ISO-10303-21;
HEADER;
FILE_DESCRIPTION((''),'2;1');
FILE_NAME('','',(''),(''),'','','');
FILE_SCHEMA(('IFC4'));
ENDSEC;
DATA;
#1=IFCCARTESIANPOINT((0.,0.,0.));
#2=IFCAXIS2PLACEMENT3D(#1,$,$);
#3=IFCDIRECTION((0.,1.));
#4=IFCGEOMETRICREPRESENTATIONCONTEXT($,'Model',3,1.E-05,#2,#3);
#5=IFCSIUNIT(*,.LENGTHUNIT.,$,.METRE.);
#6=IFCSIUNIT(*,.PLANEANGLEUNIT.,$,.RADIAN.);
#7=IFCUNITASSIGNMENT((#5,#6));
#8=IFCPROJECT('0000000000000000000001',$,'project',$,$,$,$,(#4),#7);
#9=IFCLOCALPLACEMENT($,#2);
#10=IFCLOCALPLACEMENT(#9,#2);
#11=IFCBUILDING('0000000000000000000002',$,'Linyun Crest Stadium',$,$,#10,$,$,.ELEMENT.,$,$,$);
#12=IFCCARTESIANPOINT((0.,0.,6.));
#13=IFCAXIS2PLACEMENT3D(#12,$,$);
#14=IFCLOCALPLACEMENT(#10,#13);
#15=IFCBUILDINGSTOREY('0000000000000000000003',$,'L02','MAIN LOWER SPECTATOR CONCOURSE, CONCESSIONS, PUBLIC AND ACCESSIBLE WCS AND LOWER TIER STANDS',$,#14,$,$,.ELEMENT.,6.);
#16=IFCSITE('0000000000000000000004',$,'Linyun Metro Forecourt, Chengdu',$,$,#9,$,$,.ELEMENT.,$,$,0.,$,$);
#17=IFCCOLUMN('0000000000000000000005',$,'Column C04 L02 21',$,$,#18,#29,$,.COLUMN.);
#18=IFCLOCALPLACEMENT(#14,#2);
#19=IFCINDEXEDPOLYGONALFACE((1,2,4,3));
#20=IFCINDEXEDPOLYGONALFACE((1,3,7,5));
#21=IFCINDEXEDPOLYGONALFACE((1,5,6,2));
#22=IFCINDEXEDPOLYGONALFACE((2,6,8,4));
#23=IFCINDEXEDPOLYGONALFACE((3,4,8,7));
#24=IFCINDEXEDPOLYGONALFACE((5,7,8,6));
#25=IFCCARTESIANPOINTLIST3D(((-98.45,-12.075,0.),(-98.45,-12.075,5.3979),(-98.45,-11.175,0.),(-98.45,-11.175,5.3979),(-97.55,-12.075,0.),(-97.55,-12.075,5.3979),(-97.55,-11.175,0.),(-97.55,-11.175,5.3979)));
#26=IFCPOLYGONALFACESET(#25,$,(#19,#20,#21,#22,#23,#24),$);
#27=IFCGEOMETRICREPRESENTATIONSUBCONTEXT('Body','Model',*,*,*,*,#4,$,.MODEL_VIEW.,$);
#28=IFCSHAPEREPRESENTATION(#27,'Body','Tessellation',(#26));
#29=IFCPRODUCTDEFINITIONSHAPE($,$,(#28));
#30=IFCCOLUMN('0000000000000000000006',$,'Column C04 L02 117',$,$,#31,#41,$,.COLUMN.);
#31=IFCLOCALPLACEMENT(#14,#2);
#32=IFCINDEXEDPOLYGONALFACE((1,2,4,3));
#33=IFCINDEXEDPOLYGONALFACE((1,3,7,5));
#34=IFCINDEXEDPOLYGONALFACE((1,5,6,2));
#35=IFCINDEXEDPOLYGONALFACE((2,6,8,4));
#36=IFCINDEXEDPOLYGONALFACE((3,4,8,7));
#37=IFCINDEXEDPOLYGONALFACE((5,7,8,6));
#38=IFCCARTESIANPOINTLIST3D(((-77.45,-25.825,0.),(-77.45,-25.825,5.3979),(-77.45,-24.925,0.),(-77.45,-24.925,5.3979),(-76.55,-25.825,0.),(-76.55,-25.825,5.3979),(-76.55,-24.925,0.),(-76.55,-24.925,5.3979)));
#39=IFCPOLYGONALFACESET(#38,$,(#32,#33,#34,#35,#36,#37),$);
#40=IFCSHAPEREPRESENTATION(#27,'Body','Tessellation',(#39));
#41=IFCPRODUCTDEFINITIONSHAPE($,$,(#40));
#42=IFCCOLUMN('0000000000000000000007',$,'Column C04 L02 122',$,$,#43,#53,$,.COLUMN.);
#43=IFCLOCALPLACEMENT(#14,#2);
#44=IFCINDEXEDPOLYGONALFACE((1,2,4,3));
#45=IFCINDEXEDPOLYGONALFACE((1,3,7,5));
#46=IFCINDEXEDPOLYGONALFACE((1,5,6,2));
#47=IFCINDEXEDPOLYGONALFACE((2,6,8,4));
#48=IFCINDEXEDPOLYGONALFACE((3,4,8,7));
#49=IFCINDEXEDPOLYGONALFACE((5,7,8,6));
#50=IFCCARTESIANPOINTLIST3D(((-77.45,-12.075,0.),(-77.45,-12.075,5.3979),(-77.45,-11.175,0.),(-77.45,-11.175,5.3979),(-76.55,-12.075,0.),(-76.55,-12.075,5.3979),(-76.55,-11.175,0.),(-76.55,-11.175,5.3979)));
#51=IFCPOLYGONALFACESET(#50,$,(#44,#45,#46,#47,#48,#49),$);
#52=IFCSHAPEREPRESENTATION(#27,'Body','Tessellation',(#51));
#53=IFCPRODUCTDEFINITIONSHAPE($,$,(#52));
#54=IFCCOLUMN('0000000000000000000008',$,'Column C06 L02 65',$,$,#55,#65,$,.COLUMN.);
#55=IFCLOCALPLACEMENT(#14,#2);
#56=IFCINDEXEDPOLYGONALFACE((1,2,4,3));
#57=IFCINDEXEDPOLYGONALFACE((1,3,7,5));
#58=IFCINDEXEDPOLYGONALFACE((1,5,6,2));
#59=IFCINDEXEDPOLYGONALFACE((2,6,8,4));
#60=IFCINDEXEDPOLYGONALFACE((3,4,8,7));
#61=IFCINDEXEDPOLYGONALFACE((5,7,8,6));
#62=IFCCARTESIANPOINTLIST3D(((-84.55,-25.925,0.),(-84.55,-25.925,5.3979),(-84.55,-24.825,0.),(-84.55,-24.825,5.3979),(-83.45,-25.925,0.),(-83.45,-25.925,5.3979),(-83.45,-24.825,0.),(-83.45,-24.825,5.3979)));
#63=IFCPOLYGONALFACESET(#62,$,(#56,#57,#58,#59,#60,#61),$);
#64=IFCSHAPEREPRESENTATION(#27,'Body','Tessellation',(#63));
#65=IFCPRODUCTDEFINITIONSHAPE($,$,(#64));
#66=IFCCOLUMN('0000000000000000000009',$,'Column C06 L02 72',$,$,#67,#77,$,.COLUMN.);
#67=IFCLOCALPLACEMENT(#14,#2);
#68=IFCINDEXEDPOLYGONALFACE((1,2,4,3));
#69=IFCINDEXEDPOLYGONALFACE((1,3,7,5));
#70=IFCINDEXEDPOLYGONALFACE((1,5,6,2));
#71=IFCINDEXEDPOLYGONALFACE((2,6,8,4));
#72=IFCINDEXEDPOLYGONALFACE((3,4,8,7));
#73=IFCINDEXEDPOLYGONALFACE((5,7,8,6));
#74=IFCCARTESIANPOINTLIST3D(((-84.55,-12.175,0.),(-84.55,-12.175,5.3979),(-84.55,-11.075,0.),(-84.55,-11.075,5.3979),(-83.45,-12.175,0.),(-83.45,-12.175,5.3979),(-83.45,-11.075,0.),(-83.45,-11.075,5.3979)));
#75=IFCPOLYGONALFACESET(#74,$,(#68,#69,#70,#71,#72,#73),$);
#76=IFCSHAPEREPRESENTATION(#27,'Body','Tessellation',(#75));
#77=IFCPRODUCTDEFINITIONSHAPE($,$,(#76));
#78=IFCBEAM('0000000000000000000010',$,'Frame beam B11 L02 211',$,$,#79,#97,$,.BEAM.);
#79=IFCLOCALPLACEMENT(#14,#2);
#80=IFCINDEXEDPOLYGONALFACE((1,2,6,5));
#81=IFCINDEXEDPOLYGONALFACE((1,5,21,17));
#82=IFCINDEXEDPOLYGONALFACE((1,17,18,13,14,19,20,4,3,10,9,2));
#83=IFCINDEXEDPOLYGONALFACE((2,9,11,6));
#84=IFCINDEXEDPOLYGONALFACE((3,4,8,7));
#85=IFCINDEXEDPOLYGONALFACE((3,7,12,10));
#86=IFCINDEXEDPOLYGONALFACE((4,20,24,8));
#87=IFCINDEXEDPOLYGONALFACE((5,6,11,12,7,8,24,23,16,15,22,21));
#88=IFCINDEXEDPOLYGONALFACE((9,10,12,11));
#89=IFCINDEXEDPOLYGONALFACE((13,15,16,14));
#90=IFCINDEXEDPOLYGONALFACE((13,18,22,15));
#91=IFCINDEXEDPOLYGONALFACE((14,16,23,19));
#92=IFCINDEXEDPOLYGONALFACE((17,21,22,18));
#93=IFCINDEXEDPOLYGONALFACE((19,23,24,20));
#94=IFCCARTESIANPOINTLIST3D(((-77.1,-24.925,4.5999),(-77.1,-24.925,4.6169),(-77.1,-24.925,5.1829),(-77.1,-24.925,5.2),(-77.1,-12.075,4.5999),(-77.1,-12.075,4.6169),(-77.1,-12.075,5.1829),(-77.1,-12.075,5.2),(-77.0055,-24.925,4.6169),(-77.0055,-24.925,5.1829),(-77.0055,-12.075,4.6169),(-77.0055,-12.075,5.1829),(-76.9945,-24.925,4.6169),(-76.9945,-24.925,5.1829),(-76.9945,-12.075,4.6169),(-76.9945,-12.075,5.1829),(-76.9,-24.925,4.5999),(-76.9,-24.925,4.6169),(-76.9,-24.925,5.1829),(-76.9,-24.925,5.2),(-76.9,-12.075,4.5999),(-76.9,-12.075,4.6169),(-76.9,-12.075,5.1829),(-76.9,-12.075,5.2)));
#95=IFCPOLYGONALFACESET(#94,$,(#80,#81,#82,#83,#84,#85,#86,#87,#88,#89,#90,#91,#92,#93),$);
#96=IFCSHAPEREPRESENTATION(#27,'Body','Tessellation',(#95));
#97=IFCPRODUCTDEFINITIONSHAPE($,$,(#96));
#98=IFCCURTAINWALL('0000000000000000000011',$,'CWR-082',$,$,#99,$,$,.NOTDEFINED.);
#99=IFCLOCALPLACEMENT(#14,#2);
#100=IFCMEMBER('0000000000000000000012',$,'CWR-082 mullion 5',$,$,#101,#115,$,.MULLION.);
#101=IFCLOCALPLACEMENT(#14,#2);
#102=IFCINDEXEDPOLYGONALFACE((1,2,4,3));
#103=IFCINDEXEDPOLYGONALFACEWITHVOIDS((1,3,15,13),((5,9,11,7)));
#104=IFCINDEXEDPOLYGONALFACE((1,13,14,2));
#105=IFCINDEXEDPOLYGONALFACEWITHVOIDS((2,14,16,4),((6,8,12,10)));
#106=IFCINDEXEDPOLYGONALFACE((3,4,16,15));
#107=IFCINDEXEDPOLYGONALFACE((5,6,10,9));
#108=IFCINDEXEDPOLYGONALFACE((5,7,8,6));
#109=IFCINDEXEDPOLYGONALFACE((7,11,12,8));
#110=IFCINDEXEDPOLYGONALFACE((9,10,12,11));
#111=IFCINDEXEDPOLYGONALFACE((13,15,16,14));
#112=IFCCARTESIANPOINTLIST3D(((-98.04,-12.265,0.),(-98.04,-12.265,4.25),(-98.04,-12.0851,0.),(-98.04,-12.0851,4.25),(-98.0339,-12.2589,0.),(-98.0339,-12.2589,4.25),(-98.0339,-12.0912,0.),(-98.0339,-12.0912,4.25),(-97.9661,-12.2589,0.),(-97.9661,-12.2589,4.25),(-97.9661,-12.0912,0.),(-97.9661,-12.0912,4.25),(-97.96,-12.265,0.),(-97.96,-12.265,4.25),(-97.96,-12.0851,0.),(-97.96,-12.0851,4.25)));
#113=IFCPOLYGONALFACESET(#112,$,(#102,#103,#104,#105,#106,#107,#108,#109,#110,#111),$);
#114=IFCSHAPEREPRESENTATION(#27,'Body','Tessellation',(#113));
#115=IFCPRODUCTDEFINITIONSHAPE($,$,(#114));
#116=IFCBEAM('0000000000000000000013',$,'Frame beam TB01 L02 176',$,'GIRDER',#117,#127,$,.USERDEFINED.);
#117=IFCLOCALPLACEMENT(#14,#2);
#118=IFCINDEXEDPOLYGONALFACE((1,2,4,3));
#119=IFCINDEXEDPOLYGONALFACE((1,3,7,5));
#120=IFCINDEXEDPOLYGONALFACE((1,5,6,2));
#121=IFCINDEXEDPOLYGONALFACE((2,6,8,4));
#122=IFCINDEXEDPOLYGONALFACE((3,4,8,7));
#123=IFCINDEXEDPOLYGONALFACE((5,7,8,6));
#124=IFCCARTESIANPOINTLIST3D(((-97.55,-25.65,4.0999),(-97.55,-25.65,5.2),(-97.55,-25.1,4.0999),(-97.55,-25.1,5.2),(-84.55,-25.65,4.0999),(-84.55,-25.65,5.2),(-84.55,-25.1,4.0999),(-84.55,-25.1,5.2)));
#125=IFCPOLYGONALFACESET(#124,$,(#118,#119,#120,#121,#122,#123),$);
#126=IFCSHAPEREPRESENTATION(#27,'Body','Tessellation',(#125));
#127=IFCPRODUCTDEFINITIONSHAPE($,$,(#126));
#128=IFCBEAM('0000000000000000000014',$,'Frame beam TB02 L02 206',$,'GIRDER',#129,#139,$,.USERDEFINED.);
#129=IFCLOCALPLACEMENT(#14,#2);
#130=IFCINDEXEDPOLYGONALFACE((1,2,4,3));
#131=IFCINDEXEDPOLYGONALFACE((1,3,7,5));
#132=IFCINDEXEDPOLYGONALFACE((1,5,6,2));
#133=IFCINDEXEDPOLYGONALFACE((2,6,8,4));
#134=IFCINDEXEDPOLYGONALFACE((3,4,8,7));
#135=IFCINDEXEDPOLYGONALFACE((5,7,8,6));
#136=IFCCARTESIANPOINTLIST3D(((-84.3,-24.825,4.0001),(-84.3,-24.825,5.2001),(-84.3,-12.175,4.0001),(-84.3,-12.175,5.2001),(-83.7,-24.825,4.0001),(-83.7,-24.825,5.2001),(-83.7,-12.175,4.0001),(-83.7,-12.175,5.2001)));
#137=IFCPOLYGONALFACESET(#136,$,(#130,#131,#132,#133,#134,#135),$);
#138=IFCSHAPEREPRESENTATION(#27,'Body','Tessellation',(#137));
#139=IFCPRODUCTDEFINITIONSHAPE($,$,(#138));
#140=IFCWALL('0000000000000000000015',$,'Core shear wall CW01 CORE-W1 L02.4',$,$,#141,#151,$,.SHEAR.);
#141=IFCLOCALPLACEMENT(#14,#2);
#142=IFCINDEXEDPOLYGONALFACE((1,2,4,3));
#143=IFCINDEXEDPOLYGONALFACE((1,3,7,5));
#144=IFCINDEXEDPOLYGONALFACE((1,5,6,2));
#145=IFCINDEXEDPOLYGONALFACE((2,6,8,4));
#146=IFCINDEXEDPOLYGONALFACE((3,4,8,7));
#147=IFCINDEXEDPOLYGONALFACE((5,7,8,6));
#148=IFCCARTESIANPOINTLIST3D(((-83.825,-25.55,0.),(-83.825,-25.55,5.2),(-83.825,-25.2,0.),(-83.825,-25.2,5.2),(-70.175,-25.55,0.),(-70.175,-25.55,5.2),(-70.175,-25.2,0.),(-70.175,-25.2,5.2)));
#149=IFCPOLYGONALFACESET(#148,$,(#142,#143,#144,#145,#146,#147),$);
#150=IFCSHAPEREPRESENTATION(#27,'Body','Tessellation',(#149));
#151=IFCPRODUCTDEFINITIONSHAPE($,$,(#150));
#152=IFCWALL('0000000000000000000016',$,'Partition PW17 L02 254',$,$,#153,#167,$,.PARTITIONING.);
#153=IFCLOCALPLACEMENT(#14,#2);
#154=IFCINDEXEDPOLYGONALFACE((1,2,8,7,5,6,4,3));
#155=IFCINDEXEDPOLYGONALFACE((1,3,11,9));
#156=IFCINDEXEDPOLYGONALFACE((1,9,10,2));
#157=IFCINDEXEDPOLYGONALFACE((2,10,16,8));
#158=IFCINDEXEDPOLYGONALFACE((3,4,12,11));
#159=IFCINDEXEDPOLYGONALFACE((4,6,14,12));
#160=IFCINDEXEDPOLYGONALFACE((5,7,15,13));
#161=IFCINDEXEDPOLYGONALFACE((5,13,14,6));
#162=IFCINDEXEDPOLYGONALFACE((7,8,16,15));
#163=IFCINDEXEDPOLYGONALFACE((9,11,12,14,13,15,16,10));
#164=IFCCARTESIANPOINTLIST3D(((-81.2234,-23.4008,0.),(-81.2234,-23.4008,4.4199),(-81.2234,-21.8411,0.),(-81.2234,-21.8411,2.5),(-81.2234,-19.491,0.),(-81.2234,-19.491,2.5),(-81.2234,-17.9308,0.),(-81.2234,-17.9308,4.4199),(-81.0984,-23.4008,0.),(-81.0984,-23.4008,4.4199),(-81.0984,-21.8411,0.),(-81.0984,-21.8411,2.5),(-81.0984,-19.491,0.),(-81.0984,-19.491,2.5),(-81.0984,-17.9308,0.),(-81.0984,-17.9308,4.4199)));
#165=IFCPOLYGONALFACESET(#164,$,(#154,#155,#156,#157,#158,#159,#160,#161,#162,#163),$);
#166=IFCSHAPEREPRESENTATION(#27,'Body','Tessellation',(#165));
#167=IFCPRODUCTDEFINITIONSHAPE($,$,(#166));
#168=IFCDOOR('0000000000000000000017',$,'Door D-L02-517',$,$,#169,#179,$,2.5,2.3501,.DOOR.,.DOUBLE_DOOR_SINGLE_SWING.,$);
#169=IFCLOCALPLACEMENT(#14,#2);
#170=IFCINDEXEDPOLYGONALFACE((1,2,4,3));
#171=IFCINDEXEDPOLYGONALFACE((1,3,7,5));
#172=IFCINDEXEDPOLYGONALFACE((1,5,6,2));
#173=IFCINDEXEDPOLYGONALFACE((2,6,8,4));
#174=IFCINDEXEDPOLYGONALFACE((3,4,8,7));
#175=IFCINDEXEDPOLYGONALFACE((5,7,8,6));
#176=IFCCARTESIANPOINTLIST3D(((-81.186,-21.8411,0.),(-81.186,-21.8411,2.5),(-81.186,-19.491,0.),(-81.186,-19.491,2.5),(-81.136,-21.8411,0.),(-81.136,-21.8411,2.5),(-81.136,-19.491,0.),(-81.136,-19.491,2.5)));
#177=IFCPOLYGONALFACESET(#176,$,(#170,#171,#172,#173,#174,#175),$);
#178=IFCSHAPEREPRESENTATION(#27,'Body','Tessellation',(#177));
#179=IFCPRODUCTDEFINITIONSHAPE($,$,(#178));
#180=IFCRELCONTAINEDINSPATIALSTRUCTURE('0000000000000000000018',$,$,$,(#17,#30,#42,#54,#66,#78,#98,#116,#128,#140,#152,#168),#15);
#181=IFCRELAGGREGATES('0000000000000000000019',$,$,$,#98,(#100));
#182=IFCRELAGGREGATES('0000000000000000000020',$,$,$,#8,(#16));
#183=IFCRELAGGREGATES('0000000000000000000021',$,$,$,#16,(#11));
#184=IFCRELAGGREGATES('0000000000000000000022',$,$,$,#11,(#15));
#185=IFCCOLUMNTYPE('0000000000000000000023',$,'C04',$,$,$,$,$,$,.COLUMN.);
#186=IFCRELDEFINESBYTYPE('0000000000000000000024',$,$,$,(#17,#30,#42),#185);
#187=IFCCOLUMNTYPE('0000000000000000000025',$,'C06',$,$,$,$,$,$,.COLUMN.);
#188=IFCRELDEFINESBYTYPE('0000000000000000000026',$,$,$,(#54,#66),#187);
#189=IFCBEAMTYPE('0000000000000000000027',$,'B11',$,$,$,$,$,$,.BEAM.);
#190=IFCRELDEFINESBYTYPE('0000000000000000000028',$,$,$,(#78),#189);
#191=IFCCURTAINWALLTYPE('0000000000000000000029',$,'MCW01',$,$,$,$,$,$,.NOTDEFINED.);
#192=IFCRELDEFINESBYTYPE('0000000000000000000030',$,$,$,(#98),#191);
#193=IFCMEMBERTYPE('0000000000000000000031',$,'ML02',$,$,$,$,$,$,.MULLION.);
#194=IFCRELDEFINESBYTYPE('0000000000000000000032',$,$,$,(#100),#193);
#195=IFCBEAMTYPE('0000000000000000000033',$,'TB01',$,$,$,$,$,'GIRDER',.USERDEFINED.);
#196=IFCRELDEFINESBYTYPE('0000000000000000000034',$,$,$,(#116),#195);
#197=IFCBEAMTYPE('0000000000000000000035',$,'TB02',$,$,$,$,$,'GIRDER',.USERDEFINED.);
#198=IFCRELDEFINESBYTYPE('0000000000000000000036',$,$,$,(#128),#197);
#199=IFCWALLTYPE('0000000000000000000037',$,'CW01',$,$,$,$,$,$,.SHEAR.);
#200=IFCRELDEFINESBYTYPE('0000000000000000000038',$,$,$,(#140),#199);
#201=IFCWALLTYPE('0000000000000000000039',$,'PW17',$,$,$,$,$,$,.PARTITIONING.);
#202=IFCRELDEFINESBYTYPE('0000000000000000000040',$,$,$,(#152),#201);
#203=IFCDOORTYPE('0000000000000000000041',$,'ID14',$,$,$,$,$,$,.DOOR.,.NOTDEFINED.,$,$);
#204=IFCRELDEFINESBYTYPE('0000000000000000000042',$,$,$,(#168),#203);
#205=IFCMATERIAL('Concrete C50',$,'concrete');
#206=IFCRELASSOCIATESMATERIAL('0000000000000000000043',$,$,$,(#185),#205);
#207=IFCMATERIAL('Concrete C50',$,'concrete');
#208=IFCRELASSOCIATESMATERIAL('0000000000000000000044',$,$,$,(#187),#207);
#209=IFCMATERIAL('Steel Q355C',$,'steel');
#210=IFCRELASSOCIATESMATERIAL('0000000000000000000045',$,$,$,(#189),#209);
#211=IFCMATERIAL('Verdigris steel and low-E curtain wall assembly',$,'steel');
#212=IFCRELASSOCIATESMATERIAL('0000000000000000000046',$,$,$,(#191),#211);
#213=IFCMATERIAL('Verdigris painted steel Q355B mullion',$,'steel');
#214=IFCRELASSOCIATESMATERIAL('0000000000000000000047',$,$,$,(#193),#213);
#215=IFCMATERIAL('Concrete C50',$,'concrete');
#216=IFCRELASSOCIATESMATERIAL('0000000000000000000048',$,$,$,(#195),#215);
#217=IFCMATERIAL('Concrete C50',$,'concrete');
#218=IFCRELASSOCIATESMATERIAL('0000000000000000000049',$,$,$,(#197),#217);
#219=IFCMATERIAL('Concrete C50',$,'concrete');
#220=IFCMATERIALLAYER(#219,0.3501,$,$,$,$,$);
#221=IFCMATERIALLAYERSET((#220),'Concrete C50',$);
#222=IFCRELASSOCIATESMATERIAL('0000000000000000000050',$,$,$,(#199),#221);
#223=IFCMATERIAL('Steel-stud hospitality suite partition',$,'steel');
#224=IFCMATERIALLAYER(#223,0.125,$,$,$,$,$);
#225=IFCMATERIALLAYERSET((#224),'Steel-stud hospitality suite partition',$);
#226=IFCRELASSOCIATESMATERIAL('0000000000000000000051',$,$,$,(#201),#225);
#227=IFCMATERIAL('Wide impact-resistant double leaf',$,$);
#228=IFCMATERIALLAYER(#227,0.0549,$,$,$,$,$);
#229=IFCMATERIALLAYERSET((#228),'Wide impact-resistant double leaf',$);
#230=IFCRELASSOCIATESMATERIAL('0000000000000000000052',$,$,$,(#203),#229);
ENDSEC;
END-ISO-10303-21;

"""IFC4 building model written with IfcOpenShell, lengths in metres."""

from ifc_helpers import new_model, si_unit, direction, frame, frame_2d, origin, origin_2d, place, context, subcontext, project, spatial, rectangle, hollow_rectangle, i_section, extrude, material, layer, layer_set, material_profile, profile_set, type_object, element, fill, aggregate, save


model = new_model("IFC4")

# Units and contexts
model_context = context("Model", 3, precision=1e-05, world=origin(), true_north=direction((0.0, 1.0)))
body_context = subcontext(model_context, "Body", "Model", "MODEL_VIEW")
ifc_project = project(units=[si_unit("LENGTHUNIT", "METRE"), si_unit("PLANEANGLEUNIT", "RADIAN")], contexts=[model_context])

# Site, building, storey
site_placement = place(None, origin())
site = spatial("IfcSite", under=ifc_project, at=site_placement, Name="Linyun Metro Forecourt, Chengdu", CompositionType="ELEMENT", RefElevation=0.0)
building_placement = place(site_placement, origin())
building = spatial("IfcBuilding", under=site, at=building_placement, Name="Linyun Crest Stadium", CompositionType="ELEMENT")
storey_placement = place(building_placement, frame((0.0, 0.0, 6.0)))
storey = spatial("IfcBuildingStorey", under=building, at=storey_placement, Name="L02", Description="MAIN LOWER SPECTATOR CONCOURSE, CONCESSIONS, PUBLIC AND ACCESSIBLE WCS AND LOWER TIER STANDS", CompositionType="ELEMENT", Elevation=6.0)

# Columns
ifc_material_1 = material(Name="Concrete C50", Category="concrete")
ifc_material_profile_1 = material_profile(ifc_material_1, rectangle(XDim=0.8999, YDim=0.8999, at=origin_2d()), Name="RC 900x900")
ifc_profile_set_1 = profile_set([ifc_material_profile_1], Name="Concrete C50")
column_type_1 = type_object("IfcColumnType", Name="C04", PredefinedType="COLUMN", material=ifc_profile_set_1)
for number, where, z_axis, x_axis, name in (
    (1, (-98.0, -11.625, 0.0), (0.0, 0.0, 1.0), (1.0, 0.0, 0.0), "Column C04 L02 21"),
    (2, (-77.0, -25.375, 0.0), (0.0, 0.0, 1.0), (1.0, 0.0, 0.0), "Column C04 L02 117"),
    (3, (-77.0, -11.625, 0.0), (0.0, 0.0, 1.0), (1.0, 0.0, 0.0), "Column C04 L02 122"),
):
    element("IfcColumn", number, at=place(storey_placement, frame(where, z_axis=z_axis, x_axis=x_axis)), inside=storey, type_object=column_type_1, Name=name, PredefinedType="COLUMN", context=body_context, shape_type="SweptSolid", body=[
        extrude(rectangle(XDim=0.8999, YDim=0.8999, at=origin_2d()), origin(), (0.0, 0.0, 1.0), 5.3979),
    ])
ifc_material_2 = material(Name="Concrete C50", Category="concrete")
ifc_material_profile_2 = material_profile(ifc_material_2, rectangle(XDim=1.1001, YDim=1.1001, at=origin_2d()), Name="RC 1100x1100")
ifc_profile_set_2 = profile_set([ifc_material_profile_2], Name="Concrete C50")
column_type_2 = type_object("IfcColumnType", Name="C06", PredefinedType="COLUMN", material=ifc_profile_set_2)
for number, where, z_axis, x_axis, name in (
    (4, (-84.0, -25.375, 0.0), (0.0, 0.0, 1.0), (1.0, 0.0, 0.0), "Column C06 L02 65"),
    (5, (-84.0, -11.625, 0.0), (0.0, 0.0, 1.0), (1.0, 0.0, 0.0), "Column C06 L02 72"),
):
    element("IfcColumn", number, at=place(storey_placement, frame(where, z_axis=z_axis, x_axis=x_axis)), inside=storey, type_object=column_type_2, Name=name, PredefinedType="COLUMN", context=body_context, shape_type="SweptSolid", body=[
        extrude(rectangle(XDim=1.1001, YDim=1.1001, at=origin_2d()), origin(), (0.0, 0.0, 1.0), 5.3979),
    ])

# Beam
ifc_material_3 = material(Name="Steel Q355C", Category="steel")
ifc_material_profile_3 = material_profile(ifc_material_3, i_section(OverallWidth=0.2, OverallDepth=0.6001, WebThickness=0.011, FlangeThickness=0.0171, at=origin_2d()), Name="HN 600x200")
ifc_profile_set_3 = profile_set([ifc_material_profile_3], Name="Steel Q355C")
beam_type_1 = type_object("IfcBeamType", Name="B11", PredefinedType="BEAM", material=ifc_profile_set_3)
beam_1_placement = place(storey_placement, frame((-77.0, -24.925, 4.8999), z_axis=(0.0, 1.0, 0.0), x_axis=(-1.0, 0.0, 0.0)))
element("IfcBeam", 6, at=beam_1_placement, inside=storey, type_object=beam_type_1, Name="Frame beam B11 L02 211", PredefinedType="BEAM", context=body_context, shape_type="SweptSolid", body=[
    extrude(i_section(OverallWidth=0.2, OverallDepth=0.6001, WebThickness=0.011, FlangeThickness=0.0171, at=origin_2d()), origin(), (0.0, 0.0, 1.0), 12.8501),
])

# Curtain wall, member
ifc_material_4 = material(Name="Verdigris steel and low-E curtain wall assembly", Category="steel")
curtain_wall_type = type_object("IfcCurtainWallType", Name="MCW01", PredefinedType="NOTDEFINED", material=ifc_material_4)
curtain_wall_placement = place(storey_placement, origin())
curtain_wall = element("IfcCurtainWall", 7, at=curtain_wall_placement, inside=storey, type_object=curtain_wall_type, Name="CWR-082", PredefinedType="NOTDEFINED")
ifc_material_5 = material(Name="Verdigris painted steel Q355B mullion", Category="steel")
ifc_material_profile_4 = material_profile(ifc_material_5, hollow_rectangle(XDim=0.0801, YDim=0.1799, WallThickness=0.0061, at=origin_2d()), Name="RHS 180x80x6")
ifc_profile_set_4 = profile_set([ifc_material_profile_4], Name="Verdigris painted steel Q355B mullion")
member_type = type_object("IfcMemberType", Name="ML02", PredefinedType="MULLION", material=ifc_profile_set_4)
member_placement = place(storey_placement, frame((-98.0, -12.175, 0.0), z_axis=(0.0, 0.0, 1.0), x_axis=(-1.0, 0.0, 0.0)))
member = element("IfcMember", 8, at=member_placement, type_object=member_type, Name="CWR-082 mullion 5", PredefinedType="MULLION", context=body_context, shape_type="SweptSolid", body=[
    extrude(hollow_rectangle(XDim=0.0801, YDim=0.1799, WallThickness=0.0061, at=origin_2d()), origin(), (0.0, 0.0, 1.0), 4.25),
])
aggregate(curtain_wall, [member])

# Beams
ifc_material_6 = material(Name="Concrete C50", Category="concrete")
ifc_material_profile_5 = material_profile(ifc_material_6, rectangle(XDim=0.55, YDim=1.1001, at=origin_2d()), Name="RCB 1100x550")
ifc_profile_set_5 = profile_set([ifc_material_profile_5], Name="Concrete C50")
beam_type_2 = type_object("IfcBeamType", Name="TB01", ElementType="GIRDER", PredefinedType="USERDEFINED", material=ifc_profile_set_5)
beam_2_placement = place(storey_placement, frame((-97.55, -25.375, 4.6499), z_axis=(1.0, 0.0, 0.0), x_axis=(0.0, 1.0, 0.0)))
element("IfcBeam", 9, at=beam_2_placement, inside=storey, type_object=beam_type_2, Name="Frame beam TB01 L02 176", ObjectType="GIRDER", PredefinedType="USERDEFINED", context=body_context, shape_type="SweptSolid", body=[
    extrude(rectangle(XDim=0.55, YDim=1.1001, at=origin_2d()), origin(), (0.0, 0.0, 1.0), 13.0),
])
ifc_material_7 = material(Name="Concrete C50", Category="concrete")
ifc_material_profile_6 = material_profile(ifc_material_7, rectangle(XDim=0.6001, YDim=1.2, at=origin_2d()), Name="RCB 1200x600")
ifc_profile_set_6 = profile_set([ifc_material_profile_6], Name="Concrete C50")
beam_type_3 = type_object("IfcBeamType", Name="TB02", ElementType="GIRDER", PredefinedType="USERDEFINED", material=ifc_profile_set_6)
beam_3_placement = place(storey_placement, frame((-84.0, -24.825, 4.6001), z_axis=(0.0, 1.0, 0.0), x_axis=(-1.0, 0.0, 0.0)))
element("IfcBeam", 10, at=beam_3_placement, inside=storey, type_object=beam_type_3, Name="Frame beam TB02 L02 206", ObjectType="GIRDER", PredefinedType="USERDEFINED", context=body_context, shape_type="SweptSolid", body=[
    extrude(rectangle(XDim=0.6001, YDim=1.2, at=origin_2d()), origin(), (0.0, 0.0, 1.0), 12.6499),
])

# Wall
ifc_material_8 = material(Name="Concrete C50", Category="concrete")
ifc_layer_1 = layer(ifc_material_8, 0.3501)
ifc_layer_set_1 = layer_set([ifc_layer_1], Name="Concrete C50")
wall_type_1 = type_object("IfcWallType", Name="CW01", PredefinedType="SHEAR", material=ifc_layer_set_1)
wall_1_placement = place(storey_placement, frame((-83.825, -25.375, 0.0), z_axis=(0.0, 0.0, 1.0), x_axis=(1.0, 0.0, 0.0)))
element("IfcWall", 11, at=wall_1_placement, inside=storey, type_object=wall_type_1, Name="Core shear wall CW01 CORE-W1 L02.4", PredefinedType="SHEAR", context=body_context, shape_type="SweptSolid", body=[
    extrude(rectangle(XDim=13.6499, YDim=0.3501, at=frame_2d((6.825, 0.0))), origin(), (0.0, 0.0, 1.0), 5.2),
])

# Wall, opening, door
ifc_material_9 = material(Name="Steel-stud hospitality suite partition", Category="steel")
ifc_layer_2 = layer(ifc_material_9, 0.125)
ifc_layer_set_2 = layer_set([ifc_layer_2], Name="Steel-stud hospitality suite partition")
wall_type_2 = type_object("IfcWallType", Name="PW17", PredefinedType="PARTITIONING", material=ifc_layer_set_2)
wall_2_placement = place(storey_placement, frame((-81.1609, -17.9309, 0.0), z_axis=(0.0, 0.0, 1.0), x_axis=(0.0, -1.0, 0.0)))
wall_2 = element("IfcWall", 12, at=wall_2_placement, inside=storey, type_object=wall_type_2, Name="Partition PW17 L02 254", PredefinedType="PARTITIONING", context=body_context, shape_type="SweptSolid", body=[
    extrude(rectangle(XDim=5.47, YDim=0.125, at=frame_2d((2.7349, 0.0))), origin(), (0.0, 0.0, 1.0), 4.4199),
])
opening_1_placement = place(wall_2_placement, frame((1.5601, 0.0, 0.0)))
opening_1 = element("IfcOpeningElement", 13, at=opening_1_placement, cuts=wall_2, PredefinedType="OPENING", context=body_context, shape_type="SweptSolid", body=[
    extrude(rectangle(XDim=2.3501, YDim=2.5, at=frame_2d((1.175, 1.25))), frame((0.0, 0.0725, 0.0), z_axis=(0.0, -1.0, 0.0), x_axis=(1.0, 0.0, 0.0)), (0.0, 0.0, 1.0), 0.145),
])
ifc_material_10 = material(Name="Wide impact-resistant double leaf")
ifc_layer_3 = layer(ifc_material_10, 0.0549)
ifc_layer_set_3 = layer_set([ifc_layer_3], Name="Wide impact-resistant double leaf")
door_type_1 = type_object("IfcDoorType", Name="ID14", OperationType="NOTDEFINED", PredefinedType="DOOR", material=ifc_layer_set_3)
door_1_placement = place(opening_1_placement, origin())
door_1 = element("IfcDoor", 14, at=door_1_placement, inside=storey, type_object=door_type_1, Name="Door D-L02-517", OperationType="DOUBLE_DOOR_SINGLE_SWING", OverallHeight=2.5, OverallWidth=2.3501, PredefinedType="DOOR", context=body_context, shape_type="SweptSolid", body=[
    extrude(rectangle(XDim=2.3501, YDim=2.5, at=frame_2d((1.175, 1.25))), frame((0.0, 0.0249, 0.0), z_axis=(0.0, -1.0, 0.0), x_axis=(1.0, 0.0, 0.0)), (0.0, 0.0, 1.0), 0.05),
])
fill(opening_1, door_1)

save(model, "model.ifc")
